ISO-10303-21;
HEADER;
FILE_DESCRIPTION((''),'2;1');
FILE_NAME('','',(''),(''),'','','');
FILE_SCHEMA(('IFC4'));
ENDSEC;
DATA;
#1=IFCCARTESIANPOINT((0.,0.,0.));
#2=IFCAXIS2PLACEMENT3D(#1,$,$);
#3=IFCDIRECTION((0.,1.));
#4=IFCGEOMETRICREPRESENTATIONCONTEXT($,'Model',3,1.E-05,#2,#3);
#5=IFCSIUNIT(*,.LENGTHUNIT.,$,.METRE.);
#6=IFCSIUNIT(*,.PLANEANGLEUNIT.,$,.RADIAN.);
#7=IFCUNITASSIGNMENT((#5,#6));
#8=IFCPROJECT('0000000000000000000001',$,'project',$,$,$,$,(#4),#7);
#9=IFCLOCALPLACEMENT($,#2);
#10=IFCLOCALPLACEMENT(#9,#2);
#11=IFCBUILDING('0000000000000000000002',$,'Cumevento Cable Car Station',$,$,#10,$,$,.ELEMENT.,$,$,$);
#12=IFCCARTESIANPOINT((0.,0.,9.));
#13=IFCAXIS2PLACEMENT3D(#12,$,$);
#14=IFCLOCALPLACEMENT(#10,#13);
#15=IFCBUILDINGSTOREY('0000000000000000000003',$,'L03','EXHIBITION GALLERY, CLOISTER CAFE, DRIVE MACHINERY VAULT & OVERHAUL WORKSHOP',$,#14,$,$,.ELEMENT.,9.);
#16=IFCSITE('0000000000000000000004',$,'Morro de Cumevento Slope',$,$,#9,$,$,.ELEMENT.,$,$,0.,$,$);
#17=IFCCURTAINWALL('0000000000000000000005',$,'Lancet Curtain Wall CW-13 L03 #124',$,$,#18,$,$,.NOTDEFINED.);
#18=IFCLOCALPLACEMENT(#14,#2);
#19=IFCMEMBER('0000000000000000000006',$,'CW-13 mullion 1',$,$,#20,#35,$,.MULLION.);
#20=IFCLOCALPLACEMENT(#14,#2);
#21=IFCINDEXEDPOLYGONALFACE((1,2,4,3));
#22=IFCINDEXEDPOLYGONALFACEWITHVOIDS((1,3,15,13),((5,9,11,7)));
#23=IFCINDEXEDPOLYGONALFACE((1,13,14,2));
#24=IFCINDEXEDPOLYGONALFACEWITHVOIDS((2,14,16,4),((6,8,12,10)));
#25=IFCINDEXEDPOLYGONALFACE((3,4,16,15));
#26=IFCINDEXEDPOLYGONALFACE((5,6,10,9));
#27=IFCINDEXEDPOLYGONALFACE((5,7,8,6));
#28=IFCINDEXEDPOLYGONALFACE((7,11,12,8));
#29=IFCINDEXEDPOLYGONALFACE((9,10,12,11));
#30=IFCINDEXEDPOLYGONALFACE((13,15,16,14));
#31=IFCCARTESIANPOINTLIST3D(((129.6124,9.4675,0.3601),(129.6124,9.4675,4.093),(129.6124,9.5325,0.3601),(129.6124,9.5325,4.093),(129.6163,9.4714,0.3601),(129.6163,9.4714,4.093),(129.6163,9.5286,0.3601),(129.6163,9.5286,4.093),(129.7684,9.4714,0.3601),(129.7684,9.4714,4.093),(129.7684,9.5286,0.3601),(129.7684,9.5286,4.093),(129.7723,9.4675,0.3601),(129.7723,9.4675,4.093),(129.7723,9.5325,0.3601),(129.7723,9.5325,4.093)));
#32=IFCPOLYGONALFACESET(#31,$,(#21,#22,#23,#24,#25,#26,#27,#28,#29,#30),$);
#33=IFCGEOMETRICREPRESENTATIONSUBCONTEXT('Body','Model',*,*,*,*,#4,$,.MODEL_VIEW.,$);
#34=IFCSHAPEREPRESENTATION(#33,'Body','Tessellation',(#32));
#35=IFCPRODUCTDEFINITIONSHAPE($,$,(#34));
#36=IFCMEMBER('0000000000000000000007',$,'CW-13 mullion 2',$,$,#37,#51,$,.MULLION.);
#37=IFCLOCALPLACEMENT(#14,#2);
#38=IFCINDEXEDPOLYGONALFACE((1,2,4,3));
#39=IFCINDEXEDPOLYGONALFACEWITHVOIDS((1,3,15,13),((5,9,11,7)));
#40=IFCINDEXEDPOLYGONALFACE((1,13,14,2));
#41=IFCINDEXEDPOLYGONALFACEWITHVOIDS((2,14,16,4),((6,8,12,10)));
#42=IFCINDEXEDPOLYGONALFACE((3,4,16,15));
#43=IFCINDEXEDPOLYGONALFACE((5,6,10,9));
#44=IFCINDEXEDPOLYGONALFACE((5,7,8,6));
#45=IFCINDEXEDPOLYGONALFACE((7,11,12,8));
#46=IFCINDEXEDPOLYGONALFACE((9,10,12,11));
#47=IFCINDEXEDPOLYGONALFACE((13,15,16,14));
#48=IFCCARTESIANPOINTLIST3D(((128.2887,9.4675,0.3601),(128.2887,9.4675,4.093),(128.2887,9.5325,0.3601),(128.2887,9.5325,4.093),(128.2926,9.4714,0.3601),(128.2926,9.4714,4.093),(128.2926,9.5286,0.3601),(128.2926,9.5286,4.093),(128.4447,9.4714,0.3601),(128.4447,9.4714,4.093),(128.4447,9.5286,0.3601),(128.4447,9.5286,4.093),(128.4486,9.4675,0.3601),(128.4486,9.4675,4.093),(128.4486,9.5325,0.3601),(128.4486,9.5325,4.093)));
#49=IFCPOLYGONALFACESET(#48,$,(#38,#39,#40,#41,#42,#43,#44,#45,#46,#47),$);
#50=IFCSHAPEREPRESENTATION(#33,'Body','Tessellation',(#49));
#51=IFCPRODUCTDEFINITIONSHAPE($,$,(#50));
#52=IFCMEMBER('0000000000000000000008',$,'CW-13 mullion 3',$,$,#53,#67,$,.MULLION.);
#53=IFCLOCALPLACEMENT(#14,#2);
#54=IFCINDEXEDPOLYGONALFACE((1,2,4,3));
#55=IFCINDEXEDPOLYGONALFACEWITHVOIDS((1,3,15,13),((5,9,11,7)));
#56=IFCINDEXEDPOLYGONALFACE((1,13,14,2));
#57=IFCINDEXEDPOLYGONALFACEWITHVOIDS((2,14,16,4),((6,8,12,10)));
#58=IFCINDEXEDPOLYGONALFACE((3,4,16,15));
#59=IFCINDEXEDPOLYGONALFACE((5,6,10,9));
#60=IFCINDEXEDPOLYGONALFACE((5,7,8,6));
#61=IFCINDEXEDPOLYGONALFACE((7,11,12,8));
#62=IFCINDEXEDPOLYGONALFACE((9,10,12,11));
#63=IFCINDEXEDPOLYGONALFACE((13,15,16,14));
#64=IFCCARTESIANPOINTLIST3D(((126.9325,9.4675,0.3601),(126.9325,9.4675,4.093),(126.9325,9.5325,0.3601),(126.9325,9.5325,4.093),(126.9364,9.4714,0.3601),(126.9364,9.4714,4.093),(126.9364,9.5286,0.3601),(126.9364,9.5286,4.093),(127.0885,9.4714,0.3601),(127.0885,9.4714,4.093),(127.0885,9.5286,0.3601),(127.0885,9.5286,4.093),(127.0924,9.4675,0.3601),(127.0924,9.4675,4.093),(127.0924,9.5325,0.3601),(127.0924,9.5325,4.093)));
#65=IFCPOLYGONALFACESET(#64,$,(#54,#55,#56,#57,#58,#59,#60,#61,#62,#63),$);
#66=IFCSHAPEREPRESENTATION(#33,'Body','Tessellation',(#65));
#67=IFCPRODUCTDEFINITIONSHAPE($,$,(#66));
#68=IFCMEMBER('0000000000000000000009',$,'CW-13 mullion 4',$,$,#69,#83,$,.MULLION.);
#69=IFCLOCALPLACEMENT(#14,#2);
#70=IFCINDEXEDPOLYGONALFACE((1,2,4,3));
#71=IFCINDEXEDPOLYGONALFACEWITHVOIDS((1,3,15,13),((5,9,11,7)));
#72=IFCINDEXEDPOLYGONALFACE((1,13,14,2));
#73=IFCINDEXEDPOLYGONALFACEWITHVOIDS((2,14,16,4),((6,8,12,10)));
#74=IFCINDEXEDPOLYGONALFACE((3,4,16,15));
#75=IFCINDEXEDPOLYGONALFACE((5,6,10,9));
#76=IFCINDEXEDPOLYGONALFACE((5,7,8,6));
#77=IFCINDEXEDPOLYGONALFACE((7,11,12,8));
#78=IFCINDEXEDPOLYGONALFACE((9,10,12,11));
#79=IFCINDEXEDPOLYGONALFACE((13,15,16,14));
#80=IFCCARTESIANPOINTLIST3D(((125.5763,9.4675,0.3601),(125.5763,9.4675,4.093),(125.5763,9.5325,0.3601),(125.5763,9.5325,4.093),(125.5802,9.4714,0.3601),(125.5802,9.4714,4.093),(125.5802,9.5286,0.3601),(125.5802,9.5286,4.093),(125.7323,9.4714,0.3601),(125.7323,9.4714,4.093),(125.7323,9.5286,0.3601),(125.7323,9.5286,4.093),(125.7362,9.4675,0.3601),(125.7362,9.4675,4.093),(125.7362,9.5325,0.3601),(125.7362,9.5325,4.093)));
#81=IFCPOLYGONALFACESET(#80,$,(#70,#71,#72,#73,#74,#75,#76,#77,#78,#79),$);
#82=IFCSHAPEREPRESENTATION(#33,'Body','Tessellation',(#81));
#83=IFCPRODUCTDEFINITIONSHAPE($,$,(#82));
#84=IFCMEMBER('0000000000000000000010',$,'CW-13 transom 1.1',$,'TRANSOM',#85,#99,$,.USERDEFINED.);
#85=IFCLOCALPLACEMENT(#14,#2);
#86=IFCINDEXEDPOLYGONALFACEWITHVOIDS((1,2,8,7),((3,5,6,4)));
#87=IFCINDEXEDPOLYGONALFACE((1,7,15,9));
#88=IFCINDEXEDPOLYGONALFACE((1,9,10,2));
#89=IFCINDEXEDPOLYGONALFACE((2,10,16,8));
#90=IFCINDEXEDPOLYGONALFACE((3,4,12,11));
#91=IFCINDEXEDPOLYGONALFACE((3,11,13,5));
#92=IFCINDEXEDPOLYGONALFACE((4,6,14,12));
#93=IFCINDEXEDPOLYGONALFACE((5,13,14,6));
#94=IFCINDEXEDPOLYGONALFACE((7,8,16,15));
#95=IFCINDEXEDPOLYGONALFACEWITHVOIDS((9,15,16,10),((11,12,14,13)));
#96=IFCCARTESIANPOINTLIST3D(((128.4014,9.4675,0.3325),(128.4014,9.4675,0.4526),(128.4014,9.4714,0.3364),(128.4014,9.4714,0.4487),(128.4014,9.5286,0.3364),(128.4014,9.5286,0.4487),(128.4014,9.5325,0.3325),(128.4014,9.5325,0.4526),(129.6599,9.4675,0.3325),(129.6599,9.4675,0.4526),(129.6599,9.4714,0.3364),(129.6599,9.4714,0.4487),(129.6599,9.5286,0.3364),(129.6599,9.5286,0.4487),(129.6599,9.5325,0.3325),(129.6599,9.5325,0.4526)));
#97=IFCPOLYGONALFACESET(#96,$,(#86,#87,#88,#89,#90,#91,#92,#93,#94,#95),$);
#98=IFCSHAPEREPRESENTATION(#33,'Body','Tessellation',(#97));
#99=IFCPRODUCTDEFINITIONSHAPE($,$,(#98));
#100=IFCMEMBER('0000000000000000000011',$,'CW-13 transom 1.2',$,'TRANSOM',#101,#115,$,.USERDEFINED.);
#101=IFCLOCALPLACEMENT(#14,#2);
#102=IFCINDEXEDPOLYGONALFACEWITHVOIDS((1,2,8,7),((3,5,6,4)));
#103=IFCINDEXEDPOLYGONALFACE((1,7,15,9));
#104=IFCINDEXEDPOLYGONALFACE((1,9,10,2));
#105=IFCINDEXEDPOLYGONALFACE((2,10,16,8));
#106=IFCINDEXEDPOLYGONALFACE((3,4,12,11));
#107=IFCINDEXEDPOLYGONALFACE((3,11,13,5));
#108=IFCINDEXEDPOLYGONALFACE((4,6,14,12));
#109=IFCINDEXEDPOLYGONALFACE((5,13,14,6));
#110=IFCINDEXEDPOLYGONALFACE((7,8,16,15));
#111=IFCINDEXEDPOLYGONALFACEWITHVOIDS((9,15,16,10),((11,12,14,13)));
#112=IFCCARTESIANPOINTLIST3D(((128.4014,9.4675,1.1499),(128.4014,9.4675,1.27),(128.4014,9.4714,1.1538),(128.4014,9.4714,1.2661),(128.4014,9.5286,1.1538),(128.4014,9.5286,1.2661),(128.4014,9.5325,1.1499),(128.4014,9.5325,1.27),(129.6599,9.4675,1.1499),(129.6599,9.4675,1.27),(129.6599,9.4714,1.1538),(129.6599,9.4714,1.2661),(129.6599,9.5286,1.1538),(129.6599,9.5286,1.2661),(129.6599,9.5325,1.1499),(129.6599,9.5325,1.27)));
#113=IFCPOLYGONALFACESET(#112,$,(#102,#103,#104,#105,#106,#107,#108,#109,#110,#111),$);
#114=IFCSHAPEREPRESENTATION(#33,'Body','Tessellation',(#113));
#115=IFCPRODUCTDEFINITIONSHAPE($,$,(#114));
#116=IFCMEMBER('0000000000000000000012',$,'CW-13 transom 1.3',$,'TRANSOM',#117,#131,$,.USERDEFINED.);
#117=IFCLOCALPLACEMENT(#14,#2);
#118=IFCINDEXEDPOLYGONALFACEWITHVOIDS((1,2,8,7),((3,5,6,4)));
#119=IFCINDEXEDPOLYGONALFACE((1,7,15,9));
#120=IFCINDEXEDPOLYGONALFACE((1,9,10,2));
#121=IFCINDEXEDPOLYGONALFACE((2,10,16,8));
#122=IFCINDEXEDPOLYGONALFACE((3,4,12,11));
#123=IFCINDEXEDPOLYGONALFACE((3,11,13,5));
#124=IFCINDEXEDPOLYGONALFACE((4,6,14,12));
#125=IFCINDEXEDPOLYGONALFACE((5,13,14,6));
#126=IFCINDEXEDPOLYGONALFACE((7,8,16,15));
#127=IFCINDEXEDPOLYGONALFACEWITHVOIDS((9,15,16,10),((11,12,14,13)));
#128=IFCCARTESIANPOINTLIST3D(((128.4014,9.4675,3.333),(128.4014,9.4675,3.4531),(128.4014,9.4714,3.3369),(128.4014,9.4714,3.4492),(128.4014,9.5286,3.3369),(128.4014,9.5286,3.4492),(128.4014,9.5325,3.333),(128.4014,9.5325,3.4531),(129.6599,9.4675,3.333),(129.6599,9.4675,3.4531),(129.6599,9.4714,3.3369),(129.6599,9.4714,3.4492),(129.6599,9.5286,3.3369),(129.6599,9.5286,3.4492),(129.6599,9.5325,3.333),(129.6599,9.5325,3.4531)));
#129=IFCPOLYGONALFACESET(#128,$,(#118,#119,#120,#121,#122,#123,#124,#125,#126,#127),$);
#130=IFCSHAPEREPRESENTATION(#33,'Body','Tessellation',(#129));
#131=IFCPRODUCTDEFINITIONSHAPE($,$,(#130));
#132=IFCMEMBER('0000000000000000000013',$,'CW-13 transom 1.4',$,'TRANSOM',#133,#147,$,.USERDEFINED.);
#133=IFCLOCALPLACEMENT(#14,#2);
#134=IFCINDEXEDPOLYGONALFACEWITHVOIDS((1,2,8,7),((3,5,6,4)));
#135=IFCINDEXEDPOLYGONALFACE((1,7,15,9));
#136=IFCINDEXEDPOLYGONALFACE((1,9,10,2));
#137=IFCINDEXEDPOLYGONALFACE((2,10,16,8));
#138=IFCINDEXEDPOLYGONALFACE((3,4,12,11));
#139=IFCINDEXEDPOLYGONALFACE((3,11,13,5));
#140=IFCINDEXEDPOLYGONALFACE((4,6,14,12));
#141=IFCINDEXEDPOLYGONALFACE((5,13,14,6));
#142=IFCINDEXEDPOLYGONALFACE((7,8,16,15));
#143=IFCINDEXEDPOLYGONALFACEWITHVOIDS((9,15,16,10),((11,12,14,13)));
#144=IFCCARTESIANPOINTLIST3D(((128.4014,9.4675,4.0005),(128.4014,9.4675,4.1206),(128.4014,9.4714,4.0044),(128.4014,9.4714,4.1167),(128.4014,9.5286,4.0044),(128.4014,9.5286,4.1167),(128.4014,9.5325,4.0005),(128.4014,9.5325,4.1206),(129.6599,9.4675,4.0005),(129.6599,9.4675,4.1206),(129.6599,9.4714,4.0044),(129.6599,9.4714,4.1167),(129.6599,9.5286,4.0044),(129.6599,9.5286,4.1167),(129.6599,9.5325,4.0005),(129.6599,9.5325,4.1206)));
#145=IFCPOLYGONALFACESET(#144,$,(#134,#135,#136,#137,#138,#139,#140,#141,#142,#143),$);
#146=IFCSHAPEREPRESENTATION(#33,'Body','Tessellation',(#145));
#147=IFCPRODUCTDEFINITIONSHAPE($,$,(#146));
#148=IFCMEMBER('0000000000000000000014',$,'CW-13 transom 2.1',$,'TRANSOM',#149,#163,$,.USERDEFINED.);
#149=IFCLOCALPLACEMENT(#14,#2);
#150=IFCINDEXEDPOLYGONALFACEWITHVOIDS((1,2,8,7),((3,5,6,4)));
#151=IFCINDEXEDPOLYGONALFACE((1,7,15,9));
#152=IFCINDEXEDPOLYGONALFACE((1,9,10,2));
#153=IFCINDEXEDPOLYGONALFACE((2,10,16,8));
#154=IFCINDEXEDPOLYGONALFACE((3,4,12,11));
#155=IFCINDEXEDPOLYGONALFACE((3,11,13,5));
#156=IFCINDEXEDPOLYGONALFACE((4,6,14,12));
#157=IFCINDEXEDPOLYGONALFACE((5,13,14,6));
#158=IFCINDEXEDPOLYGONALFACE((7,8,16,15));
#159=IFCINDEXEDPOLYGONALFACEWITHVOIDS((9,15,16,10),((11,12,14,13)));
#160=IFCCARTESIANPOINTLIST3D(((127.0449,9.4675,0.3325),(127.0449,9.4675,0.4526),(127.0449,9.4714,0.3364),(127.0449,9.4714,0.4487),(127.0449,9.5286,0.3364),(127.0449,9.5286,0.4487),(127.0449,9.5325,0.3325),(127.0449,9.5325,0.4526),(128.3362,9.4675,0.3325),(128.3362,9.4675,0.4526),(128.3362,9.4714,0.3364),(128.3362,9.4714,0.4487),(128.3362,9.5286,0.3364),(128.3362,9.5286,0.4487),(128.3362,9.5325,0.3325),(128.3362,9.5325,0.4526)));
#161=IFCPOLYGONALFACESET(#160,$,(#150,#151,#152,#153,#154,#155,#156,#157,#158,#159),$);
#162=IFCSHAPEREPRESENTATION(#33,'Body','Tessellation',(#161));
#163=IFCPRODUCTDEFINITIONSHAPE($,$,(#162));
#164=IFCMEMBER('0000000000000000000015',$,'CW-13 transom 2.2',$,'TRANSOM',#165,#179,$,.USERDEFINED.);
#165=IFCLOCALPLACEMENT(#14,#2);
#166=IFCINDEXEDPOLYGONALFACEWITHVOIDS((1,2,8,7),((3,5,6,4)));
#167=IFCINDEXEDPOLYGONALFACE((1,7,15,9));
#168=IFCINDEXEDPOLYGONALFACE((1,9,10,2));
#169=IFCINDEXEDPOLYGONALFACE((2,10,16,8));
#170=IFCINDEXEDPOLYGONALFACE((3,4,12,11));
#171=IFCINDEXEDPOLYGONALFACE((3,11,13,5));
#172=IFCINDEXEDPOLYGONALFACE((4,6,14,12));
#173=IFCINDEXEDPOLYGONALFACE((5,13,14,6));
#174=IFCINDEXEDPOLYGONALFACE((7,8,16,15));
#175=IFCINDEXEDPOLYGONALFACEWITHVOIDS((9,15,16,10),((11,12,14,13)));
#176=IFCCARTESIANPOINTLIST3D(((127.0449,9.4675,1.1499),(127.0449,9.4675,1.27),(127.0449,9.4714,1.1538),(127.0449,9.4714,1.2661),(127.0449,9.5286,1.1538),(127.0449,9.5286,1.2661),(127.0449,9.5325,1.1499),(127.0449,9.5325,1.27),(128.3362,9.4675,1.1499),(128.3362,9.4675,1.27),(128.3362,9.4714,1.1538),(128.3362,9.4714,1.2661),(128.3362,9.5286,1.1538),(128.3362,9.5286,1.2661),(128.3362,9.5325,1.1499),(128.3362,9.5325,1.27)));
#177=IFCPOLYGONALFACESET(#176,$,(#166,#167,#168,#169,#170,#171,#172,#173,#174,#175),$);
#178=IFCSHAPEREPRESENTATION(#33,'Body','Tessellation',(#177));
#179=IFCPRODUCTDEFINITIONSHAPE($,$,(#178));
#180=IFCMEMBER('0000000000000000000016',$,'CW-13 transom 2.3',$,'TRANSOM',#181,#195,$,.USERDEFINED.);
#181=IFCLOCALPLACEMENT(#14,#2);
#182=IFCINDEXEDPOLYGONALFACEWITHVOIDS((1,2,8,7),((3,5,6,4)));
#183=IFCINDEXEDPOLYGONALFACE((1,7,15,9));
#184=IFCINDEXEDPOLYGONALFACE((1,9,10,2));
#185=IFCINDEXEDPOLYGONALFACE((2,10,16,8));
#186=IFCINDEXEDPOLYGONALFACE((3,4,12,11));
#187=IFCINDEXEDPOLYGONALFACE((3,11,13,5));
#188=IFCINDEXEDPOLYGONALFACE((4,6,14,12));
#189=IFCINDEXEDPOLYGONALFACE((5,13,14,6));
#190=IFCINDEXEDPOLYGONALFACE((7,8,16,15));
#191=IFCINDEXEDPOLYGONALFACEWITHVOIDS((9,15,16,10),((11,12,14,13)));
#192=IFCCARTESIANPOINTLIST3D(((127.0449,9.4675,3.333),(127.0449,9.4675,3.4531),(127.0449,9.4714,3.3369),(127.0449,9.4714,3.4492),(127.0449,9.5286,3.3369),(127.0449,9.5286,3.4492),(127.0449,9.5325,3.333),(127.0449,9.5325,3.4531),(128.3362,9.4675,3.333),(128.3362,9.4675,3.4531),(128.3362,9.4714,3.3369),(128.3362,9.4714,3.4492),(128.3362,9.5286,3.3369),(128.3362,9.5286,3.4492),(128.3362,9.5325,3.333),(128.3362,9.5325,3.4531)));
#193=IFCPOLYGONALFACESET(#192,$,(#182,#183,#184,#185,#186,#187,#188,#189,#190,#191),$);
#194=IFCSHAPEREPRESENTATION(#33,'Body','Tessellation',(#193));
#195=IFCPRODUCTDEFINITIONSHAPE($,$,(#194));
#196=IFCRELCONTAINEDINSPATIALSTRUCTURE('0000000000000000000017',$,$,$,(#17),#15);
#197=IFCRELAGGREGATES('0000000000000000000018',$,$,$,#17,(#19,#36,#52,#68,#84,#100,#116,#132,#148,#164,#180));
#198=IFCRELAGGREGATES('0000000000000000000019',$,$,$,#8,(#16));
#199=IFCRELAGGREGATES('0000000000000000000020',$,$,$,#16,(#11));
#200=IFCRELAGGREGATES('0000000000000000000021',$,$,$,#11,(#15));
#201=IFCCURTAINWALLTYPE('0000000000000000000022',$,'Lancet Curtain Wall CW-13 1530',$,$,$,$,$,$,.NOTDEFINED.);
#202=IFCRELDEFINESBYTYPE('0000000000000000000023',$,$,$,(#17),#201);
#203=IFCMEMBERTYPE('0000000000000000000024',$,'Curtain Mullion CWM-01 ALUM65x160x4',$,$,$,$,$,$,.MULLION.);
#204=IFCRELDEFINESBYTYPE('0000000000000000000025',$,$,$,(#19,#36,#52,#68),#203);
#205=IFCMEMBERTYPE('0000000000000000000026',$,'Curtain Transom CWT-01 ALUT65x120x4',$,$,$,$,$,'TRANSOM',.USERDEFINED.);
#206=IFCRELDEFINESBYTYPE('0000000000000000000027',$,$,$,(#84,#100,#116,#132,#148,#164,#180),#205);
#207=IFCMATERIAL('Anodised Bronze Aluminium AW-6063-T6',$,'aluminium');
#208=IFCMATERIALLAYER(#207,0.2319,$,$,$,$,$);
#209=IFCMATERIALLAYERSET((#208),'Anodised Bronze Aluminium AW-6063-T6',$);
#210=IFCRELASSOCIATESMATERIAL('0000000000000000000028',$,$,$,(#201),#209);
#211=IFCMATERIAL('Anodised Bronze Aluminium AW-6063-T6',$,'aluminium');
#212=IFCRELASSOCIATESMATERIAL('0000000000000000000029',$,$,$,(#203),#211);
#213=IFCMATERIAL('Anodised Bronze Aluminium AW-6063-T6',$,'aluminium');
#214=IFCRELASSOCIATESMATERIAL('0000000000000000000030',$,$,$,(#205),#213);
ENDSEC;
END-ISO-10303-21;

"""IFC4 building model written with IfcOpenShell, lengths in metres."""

from ifc_helpers import new_model, si_unit, direction, frame, origin, origin_2d, place, context, subcontext, project, spatial, hollow_rectangle, extrude, material, layer, layer_set, material_profile, profile_set, type_object, element, aggregate, save


model = new_model("IFC4")

# Units and contexts
model_context = context("Model", 3, precision=1e-05, world=origin(), true_north=direction((0.0, 1.0)))
body_context = subcontext(model_context, "Body", "Model", "MODEL_VIEW")
ifc_project = project(units=[si_unit("LENGTHUNIT", "METRE"), si_unit("PLANEANGLEUNIT", "RADIAN")], contexts=[model_context])

# Site, building, storey
site_placement = place(None, origin())
site = spatial("IfcSite", under=ifc_project, at=site_placement, Name="Morro de Cumevento Slope", CompositionType="ELEMENT", RefElevation=0.0)
building_placement = place(site_placement, origin())
building = spatial("IfcBuilding", under=site, at=building_placement, Name="Cumevento Cable Car Station", CompositionType="ELEMENT")
storey_placement = place(building_placement, frame((0.0, 0.0, 9.0)))
storey = spatial("IfcBuildingStorey", under=building, at=storey_placement, Name="L03", Description="EXHIBITION GALLERY, CLOISTER CAFE, DRIVE MACHINERY VAULT & OVERHAUL WORKSHOP", CompositionType="ELEMENT", Elevation=9.0)

# Curtain wall, members
ifc_material_1 = material(Name="Anodised Bronze Aluminium AW-6063-T6", Category="aluminium")
ifc_layer_1 = layer(ifc_material_1, 0.2319)
ifc_layer_set_1 = layer_set([ifc_layer_1], Name="Anodised Bronze Aluminium AW-6063-T6")
curtain_wall_type = type_object("IfcCurtainWallType", Name="Lancet Curtain Wall CW-13 1530", PredefinedType="NOTDEFINED", material=ifc_layer_set_1)
curtain_wall_placement = place(storey_placement, origin())
curtain_wall = element("IfcCurtainWall", 1, at=curtain_wall_placement, inside=storey, type_object=curtain_wall_type, Name="Lancet Curtain Wall CW-13 L03 #124", PredefinedType="NOTDEFINED")
ifc_material_2 = material(Name="Anodised Bronze Aluminium AW-6063-T6", Category="aluminium")
ifc_material_profile_1 = material_profile(ifc_material_2, hollow_rectangle(XDim=0.0649, YDim=0.1599, WallThickness=0.0039, at=origin_2d()), Name="ALUM65x160x4")
ifc_profile_set_1 = profile_set([ifc_material_profile_1], Name="Anodised Bronze Aluminium AW-6063-T6")
member_type_1 = type_object("IfcMemberType", Name="Curtain Mullion CWM-01 ALUM65x160x4", PredefinedType="MULLION", material=ifc_profile_set_1)
member_1_placement = place(storey_placement, frame((129.6924, 9.5, 0.3601), z_axis=(0.0, 0.0, 1.0), x_axis=(0.0, -1.0, 0.0)))
member_1 = element("IfcMember", 2, at=member_1_placement, type_object=member_type_1, Name="CW-13 mullion 1", PredefinedType="MULLION", context=body_context, shape_type="SweptSolid", body=[
    extrude(hollow_rectangle(XDim=0.0649, YDim=0.1599, WallThickness=0.0039, at=origin_2d()), origin(), (0.0, 0.0, 1.0), 3.7329),
])
member_2_placement = place(storey_placement, frame((128.3687, 9.5, 0.3601), z_axis=(0.0, 0.0, 1.0), x_axis=(0.0, -1.0, 0.0)))
member_2 = element("IfcMember", 3, at=member_2_placement, type_object=member_type_1, Name="CW-13 mullion 2", PredefinedType="MULLION", context=body_context, shape_type="SweptSolid", body=[
    extrude(hollow_rectangle(XDim=0.0649, YDim=0.1599, WallThickness=0.0039, at=origin_2d()), origin(), (0.0, 0.0, 1.0), 3.7329),
])
member_3_placement = place(storey_placement, frame((127.0125, 9.5, 0.3601), z_axis=(0.0, 0.0, 1.0), x_axis=(0.0, -1.0, 0.0)))
member_3 = element("IfcMember", 4, at=member_3_placement, type_object=member_type_1, Name="CW-13 mullion 3", PredefinedType="MULLION", context=body_context, shape_type="SweptSolid", body=[
    extrude(hollow_rectangle(XDim=0.0649, YDim=0.1599, WallThickness=0.0039, at=origin_2d()), origin(), (0.0, 0.0, 1.0), 3.7329),
])
member_4_placement = place(storey_placement, frame((125.6562, 9.5, 0.3601), z_axis=(0.0, 0.0, 1.0), x_axis=(0.0, -1.0, 0.0)))
member_4 = element("IfcMember", 5, at=member_4_placement, type_object=member_type_1, Name="CW-13 mullion 4", PredefinedType="MULLION", context=body_context, shape_type="SweptSolid", body=[
    extrude(hollow_rectangle(XDim=0.0649, YDim=0.1599, WallThickness=0.0039, at=origin_2d()), origin(), (0.0, 0.0, 1.0), 3.7329),
])
ifc_material_3 = material(Name="Anodised Bronze Aluminium AW-6063-T6", Category="aluminium")
ifc_material_profile_2 = material_profile(ifc_material_3, hollow_rectangle(XDim=0.0649, YDim=0.1201, WallThickness=0.0039, at=origin_2d()), Name="ALUT65x120x4")
ifc_profile_set_2 = profile_set([ifc_material_profile_2], Name="Anodised Bronze Aluminium AW-6063-T6")
member_type_2 = type_object("IfcMemberType", Name="Curtain Transom CWT-01 ALUT65x120x4", ElementType="TRANSOM", PredefinedType="USERDEFINED", material=ifc_profile_set_2)
member_5_placement = place(storey_placement, frame((129.6599, 9.5, 0.3926), z_axis=(-1.0, 0.0, 0.0), x_axis=(0.0, -1.0, 0.0)))
member_5 = element("IfcMember", 6, at=member_5_placement, type_object=member_type_2, Name="CW-13 transom 1.1", ObjectType="TRANSOM", PredefinedType="USERDEFINED", context=body_context, shape_type="SweptSolid", body=[
    extrude(hollow_rectangle(XDim=0.0649, YDim=0.1201, WallThickness=0.0039, at=origin_2d()), origin(), (0.0, 0.0, 1.0), 1.2585),
])
member_6_placement = place(storey_placement, frame((129.6599, 9.5, 1.21), z_axis=(-1.0, 0.0, 0.0), x_axis=(0.0, -1.0, 0.0)))
member_6 = element("IfcMember", 7, at=member_6_placement, type_object=member_type_2, Name="CW-13 transom 1.2", ObjectType="TRANSOM", PredefinedType="USERDEFINED", context=body_context, shape_type="SweptSolid", body=[
    extrude(hollow_rectangle(XDim=0.0649, YDim=0.1201, WallThickness=0.0039, at=origin_2d()), origin(), (0.0, 0.0, 1.0), 1.2585),
])
member_7_placement = place(storey_placement, frame((129.6599, 9.5, 3.3931), z_axis=(-1.0, 0.0, 0.0), x_axis=(0.0, -1.0, 0.0)))
member_7 = element("IfcMember", 8, at=member_7_placement, type_object=member_type_2, Name="CW-13 transom 1.3", ObjectType="TRANSOM", PredefinedType="USERDEFINED", context=body_context, shape_type="SweptSolid", body=[
    extrude(hollow_rectangle(XDim=0.0649, YDim=0.1201, WallThickness=0.0039, at=origin_2d()), origin(), (0.0, 0.0, 1.0), 1.2585),
])
member_8_placement = place(storey_placement, frame((129.6599, 9.5, 4.0605), z_axis=(-1.0, 0.0, 0.0), x_axis=(0.0, -1.0, 0.0)))
member_8 = element("IfcMember", 9, at=member_8_placement, type_object=member_type_2, Name="CW-13 transom 1.4", ObjectType="TRANSOM", PredefinedType="USERDEFINED", context=body_context, shape_type="SweptSolid", body=[
    extrude(hollow_rectangle(XDim=0.0649, YDim=0.1201, WallThickness=0.0039, at=origin_2d()), origin(), (0.0, 0.0, 1.0), 1.2585),
])
member_9_placement = place(storey_placement, frame((128.3362, 9.5, 0.3926), z_axis=(-1.0, 0.0, 0.0), x_axis=(0.0, -1.0, 0.0)))
member_9 = element("IfcMember", 10, at=member_9_placement, type_object=member_type_2, Name="CW-13 transom 2.1", ObjectType="TRANSOM", PredefinedType="USERDEFINED", context=body_context, shape_type="SweptSolid", body=[
    extrude(hollow_rectangle(XDim=0.0649, YDim=0.1201, WallThickness=0.0039, at=origin_2d()), origin(), (0.0, 0.0, 1.0), 1.2913),
])
member_10_placement = place(storey_placement, frame((128.3362, 9.5, 1.21), z_axis=(-1.0, 0.0, 0.0), x_axis=(0.0, -1.0, 0.0)))
member_10 = element("IfcMember", 11, at=member_10_placement, type_object=member_type_2, Name="CW-13 transom 2.2", ObjectType="TRANSOM", PredefinedType="USERDEFINED", context=body_context, shape_type="SweptSolid", body=[
    extrude(hollow_rectangle(XDim=0.0649, YDim=0.1201, WallThickness=0.0039, at=origin_2d()), origin(), (0.0, 0.0, 1.0), 1.2913),
])
member_11_placement = place(storey_placement, frame((128.3362, 9.5, 3.3931), z_axis=(-1.0, 0.0, 0.0), x_axis=(0.0, -1.0, 0.0)))
member_11 = element("IfcMember", 12, at=member_11_placement, type_object=member_type_2, Name="CW-13 transom 2.3", ObjectType="TRANSOM", PredefinedType="USERDEFINED", context=body_context, shape_type="SweptSolid", body=[
    extrude(hollow_rectangle(XDim=0.0649, YDim=0.1201, WallThickness=0.0039, at=origin_2d()), origin(), (0.0, 0.0, 1.0), 1.2913),
])
aggregate(curtain_wall, [member_1, member_2, member_3, member_4, member_5, member_6, member_7, member_8, member_9, member_10, member_11])

save(model, "model.ifc")
